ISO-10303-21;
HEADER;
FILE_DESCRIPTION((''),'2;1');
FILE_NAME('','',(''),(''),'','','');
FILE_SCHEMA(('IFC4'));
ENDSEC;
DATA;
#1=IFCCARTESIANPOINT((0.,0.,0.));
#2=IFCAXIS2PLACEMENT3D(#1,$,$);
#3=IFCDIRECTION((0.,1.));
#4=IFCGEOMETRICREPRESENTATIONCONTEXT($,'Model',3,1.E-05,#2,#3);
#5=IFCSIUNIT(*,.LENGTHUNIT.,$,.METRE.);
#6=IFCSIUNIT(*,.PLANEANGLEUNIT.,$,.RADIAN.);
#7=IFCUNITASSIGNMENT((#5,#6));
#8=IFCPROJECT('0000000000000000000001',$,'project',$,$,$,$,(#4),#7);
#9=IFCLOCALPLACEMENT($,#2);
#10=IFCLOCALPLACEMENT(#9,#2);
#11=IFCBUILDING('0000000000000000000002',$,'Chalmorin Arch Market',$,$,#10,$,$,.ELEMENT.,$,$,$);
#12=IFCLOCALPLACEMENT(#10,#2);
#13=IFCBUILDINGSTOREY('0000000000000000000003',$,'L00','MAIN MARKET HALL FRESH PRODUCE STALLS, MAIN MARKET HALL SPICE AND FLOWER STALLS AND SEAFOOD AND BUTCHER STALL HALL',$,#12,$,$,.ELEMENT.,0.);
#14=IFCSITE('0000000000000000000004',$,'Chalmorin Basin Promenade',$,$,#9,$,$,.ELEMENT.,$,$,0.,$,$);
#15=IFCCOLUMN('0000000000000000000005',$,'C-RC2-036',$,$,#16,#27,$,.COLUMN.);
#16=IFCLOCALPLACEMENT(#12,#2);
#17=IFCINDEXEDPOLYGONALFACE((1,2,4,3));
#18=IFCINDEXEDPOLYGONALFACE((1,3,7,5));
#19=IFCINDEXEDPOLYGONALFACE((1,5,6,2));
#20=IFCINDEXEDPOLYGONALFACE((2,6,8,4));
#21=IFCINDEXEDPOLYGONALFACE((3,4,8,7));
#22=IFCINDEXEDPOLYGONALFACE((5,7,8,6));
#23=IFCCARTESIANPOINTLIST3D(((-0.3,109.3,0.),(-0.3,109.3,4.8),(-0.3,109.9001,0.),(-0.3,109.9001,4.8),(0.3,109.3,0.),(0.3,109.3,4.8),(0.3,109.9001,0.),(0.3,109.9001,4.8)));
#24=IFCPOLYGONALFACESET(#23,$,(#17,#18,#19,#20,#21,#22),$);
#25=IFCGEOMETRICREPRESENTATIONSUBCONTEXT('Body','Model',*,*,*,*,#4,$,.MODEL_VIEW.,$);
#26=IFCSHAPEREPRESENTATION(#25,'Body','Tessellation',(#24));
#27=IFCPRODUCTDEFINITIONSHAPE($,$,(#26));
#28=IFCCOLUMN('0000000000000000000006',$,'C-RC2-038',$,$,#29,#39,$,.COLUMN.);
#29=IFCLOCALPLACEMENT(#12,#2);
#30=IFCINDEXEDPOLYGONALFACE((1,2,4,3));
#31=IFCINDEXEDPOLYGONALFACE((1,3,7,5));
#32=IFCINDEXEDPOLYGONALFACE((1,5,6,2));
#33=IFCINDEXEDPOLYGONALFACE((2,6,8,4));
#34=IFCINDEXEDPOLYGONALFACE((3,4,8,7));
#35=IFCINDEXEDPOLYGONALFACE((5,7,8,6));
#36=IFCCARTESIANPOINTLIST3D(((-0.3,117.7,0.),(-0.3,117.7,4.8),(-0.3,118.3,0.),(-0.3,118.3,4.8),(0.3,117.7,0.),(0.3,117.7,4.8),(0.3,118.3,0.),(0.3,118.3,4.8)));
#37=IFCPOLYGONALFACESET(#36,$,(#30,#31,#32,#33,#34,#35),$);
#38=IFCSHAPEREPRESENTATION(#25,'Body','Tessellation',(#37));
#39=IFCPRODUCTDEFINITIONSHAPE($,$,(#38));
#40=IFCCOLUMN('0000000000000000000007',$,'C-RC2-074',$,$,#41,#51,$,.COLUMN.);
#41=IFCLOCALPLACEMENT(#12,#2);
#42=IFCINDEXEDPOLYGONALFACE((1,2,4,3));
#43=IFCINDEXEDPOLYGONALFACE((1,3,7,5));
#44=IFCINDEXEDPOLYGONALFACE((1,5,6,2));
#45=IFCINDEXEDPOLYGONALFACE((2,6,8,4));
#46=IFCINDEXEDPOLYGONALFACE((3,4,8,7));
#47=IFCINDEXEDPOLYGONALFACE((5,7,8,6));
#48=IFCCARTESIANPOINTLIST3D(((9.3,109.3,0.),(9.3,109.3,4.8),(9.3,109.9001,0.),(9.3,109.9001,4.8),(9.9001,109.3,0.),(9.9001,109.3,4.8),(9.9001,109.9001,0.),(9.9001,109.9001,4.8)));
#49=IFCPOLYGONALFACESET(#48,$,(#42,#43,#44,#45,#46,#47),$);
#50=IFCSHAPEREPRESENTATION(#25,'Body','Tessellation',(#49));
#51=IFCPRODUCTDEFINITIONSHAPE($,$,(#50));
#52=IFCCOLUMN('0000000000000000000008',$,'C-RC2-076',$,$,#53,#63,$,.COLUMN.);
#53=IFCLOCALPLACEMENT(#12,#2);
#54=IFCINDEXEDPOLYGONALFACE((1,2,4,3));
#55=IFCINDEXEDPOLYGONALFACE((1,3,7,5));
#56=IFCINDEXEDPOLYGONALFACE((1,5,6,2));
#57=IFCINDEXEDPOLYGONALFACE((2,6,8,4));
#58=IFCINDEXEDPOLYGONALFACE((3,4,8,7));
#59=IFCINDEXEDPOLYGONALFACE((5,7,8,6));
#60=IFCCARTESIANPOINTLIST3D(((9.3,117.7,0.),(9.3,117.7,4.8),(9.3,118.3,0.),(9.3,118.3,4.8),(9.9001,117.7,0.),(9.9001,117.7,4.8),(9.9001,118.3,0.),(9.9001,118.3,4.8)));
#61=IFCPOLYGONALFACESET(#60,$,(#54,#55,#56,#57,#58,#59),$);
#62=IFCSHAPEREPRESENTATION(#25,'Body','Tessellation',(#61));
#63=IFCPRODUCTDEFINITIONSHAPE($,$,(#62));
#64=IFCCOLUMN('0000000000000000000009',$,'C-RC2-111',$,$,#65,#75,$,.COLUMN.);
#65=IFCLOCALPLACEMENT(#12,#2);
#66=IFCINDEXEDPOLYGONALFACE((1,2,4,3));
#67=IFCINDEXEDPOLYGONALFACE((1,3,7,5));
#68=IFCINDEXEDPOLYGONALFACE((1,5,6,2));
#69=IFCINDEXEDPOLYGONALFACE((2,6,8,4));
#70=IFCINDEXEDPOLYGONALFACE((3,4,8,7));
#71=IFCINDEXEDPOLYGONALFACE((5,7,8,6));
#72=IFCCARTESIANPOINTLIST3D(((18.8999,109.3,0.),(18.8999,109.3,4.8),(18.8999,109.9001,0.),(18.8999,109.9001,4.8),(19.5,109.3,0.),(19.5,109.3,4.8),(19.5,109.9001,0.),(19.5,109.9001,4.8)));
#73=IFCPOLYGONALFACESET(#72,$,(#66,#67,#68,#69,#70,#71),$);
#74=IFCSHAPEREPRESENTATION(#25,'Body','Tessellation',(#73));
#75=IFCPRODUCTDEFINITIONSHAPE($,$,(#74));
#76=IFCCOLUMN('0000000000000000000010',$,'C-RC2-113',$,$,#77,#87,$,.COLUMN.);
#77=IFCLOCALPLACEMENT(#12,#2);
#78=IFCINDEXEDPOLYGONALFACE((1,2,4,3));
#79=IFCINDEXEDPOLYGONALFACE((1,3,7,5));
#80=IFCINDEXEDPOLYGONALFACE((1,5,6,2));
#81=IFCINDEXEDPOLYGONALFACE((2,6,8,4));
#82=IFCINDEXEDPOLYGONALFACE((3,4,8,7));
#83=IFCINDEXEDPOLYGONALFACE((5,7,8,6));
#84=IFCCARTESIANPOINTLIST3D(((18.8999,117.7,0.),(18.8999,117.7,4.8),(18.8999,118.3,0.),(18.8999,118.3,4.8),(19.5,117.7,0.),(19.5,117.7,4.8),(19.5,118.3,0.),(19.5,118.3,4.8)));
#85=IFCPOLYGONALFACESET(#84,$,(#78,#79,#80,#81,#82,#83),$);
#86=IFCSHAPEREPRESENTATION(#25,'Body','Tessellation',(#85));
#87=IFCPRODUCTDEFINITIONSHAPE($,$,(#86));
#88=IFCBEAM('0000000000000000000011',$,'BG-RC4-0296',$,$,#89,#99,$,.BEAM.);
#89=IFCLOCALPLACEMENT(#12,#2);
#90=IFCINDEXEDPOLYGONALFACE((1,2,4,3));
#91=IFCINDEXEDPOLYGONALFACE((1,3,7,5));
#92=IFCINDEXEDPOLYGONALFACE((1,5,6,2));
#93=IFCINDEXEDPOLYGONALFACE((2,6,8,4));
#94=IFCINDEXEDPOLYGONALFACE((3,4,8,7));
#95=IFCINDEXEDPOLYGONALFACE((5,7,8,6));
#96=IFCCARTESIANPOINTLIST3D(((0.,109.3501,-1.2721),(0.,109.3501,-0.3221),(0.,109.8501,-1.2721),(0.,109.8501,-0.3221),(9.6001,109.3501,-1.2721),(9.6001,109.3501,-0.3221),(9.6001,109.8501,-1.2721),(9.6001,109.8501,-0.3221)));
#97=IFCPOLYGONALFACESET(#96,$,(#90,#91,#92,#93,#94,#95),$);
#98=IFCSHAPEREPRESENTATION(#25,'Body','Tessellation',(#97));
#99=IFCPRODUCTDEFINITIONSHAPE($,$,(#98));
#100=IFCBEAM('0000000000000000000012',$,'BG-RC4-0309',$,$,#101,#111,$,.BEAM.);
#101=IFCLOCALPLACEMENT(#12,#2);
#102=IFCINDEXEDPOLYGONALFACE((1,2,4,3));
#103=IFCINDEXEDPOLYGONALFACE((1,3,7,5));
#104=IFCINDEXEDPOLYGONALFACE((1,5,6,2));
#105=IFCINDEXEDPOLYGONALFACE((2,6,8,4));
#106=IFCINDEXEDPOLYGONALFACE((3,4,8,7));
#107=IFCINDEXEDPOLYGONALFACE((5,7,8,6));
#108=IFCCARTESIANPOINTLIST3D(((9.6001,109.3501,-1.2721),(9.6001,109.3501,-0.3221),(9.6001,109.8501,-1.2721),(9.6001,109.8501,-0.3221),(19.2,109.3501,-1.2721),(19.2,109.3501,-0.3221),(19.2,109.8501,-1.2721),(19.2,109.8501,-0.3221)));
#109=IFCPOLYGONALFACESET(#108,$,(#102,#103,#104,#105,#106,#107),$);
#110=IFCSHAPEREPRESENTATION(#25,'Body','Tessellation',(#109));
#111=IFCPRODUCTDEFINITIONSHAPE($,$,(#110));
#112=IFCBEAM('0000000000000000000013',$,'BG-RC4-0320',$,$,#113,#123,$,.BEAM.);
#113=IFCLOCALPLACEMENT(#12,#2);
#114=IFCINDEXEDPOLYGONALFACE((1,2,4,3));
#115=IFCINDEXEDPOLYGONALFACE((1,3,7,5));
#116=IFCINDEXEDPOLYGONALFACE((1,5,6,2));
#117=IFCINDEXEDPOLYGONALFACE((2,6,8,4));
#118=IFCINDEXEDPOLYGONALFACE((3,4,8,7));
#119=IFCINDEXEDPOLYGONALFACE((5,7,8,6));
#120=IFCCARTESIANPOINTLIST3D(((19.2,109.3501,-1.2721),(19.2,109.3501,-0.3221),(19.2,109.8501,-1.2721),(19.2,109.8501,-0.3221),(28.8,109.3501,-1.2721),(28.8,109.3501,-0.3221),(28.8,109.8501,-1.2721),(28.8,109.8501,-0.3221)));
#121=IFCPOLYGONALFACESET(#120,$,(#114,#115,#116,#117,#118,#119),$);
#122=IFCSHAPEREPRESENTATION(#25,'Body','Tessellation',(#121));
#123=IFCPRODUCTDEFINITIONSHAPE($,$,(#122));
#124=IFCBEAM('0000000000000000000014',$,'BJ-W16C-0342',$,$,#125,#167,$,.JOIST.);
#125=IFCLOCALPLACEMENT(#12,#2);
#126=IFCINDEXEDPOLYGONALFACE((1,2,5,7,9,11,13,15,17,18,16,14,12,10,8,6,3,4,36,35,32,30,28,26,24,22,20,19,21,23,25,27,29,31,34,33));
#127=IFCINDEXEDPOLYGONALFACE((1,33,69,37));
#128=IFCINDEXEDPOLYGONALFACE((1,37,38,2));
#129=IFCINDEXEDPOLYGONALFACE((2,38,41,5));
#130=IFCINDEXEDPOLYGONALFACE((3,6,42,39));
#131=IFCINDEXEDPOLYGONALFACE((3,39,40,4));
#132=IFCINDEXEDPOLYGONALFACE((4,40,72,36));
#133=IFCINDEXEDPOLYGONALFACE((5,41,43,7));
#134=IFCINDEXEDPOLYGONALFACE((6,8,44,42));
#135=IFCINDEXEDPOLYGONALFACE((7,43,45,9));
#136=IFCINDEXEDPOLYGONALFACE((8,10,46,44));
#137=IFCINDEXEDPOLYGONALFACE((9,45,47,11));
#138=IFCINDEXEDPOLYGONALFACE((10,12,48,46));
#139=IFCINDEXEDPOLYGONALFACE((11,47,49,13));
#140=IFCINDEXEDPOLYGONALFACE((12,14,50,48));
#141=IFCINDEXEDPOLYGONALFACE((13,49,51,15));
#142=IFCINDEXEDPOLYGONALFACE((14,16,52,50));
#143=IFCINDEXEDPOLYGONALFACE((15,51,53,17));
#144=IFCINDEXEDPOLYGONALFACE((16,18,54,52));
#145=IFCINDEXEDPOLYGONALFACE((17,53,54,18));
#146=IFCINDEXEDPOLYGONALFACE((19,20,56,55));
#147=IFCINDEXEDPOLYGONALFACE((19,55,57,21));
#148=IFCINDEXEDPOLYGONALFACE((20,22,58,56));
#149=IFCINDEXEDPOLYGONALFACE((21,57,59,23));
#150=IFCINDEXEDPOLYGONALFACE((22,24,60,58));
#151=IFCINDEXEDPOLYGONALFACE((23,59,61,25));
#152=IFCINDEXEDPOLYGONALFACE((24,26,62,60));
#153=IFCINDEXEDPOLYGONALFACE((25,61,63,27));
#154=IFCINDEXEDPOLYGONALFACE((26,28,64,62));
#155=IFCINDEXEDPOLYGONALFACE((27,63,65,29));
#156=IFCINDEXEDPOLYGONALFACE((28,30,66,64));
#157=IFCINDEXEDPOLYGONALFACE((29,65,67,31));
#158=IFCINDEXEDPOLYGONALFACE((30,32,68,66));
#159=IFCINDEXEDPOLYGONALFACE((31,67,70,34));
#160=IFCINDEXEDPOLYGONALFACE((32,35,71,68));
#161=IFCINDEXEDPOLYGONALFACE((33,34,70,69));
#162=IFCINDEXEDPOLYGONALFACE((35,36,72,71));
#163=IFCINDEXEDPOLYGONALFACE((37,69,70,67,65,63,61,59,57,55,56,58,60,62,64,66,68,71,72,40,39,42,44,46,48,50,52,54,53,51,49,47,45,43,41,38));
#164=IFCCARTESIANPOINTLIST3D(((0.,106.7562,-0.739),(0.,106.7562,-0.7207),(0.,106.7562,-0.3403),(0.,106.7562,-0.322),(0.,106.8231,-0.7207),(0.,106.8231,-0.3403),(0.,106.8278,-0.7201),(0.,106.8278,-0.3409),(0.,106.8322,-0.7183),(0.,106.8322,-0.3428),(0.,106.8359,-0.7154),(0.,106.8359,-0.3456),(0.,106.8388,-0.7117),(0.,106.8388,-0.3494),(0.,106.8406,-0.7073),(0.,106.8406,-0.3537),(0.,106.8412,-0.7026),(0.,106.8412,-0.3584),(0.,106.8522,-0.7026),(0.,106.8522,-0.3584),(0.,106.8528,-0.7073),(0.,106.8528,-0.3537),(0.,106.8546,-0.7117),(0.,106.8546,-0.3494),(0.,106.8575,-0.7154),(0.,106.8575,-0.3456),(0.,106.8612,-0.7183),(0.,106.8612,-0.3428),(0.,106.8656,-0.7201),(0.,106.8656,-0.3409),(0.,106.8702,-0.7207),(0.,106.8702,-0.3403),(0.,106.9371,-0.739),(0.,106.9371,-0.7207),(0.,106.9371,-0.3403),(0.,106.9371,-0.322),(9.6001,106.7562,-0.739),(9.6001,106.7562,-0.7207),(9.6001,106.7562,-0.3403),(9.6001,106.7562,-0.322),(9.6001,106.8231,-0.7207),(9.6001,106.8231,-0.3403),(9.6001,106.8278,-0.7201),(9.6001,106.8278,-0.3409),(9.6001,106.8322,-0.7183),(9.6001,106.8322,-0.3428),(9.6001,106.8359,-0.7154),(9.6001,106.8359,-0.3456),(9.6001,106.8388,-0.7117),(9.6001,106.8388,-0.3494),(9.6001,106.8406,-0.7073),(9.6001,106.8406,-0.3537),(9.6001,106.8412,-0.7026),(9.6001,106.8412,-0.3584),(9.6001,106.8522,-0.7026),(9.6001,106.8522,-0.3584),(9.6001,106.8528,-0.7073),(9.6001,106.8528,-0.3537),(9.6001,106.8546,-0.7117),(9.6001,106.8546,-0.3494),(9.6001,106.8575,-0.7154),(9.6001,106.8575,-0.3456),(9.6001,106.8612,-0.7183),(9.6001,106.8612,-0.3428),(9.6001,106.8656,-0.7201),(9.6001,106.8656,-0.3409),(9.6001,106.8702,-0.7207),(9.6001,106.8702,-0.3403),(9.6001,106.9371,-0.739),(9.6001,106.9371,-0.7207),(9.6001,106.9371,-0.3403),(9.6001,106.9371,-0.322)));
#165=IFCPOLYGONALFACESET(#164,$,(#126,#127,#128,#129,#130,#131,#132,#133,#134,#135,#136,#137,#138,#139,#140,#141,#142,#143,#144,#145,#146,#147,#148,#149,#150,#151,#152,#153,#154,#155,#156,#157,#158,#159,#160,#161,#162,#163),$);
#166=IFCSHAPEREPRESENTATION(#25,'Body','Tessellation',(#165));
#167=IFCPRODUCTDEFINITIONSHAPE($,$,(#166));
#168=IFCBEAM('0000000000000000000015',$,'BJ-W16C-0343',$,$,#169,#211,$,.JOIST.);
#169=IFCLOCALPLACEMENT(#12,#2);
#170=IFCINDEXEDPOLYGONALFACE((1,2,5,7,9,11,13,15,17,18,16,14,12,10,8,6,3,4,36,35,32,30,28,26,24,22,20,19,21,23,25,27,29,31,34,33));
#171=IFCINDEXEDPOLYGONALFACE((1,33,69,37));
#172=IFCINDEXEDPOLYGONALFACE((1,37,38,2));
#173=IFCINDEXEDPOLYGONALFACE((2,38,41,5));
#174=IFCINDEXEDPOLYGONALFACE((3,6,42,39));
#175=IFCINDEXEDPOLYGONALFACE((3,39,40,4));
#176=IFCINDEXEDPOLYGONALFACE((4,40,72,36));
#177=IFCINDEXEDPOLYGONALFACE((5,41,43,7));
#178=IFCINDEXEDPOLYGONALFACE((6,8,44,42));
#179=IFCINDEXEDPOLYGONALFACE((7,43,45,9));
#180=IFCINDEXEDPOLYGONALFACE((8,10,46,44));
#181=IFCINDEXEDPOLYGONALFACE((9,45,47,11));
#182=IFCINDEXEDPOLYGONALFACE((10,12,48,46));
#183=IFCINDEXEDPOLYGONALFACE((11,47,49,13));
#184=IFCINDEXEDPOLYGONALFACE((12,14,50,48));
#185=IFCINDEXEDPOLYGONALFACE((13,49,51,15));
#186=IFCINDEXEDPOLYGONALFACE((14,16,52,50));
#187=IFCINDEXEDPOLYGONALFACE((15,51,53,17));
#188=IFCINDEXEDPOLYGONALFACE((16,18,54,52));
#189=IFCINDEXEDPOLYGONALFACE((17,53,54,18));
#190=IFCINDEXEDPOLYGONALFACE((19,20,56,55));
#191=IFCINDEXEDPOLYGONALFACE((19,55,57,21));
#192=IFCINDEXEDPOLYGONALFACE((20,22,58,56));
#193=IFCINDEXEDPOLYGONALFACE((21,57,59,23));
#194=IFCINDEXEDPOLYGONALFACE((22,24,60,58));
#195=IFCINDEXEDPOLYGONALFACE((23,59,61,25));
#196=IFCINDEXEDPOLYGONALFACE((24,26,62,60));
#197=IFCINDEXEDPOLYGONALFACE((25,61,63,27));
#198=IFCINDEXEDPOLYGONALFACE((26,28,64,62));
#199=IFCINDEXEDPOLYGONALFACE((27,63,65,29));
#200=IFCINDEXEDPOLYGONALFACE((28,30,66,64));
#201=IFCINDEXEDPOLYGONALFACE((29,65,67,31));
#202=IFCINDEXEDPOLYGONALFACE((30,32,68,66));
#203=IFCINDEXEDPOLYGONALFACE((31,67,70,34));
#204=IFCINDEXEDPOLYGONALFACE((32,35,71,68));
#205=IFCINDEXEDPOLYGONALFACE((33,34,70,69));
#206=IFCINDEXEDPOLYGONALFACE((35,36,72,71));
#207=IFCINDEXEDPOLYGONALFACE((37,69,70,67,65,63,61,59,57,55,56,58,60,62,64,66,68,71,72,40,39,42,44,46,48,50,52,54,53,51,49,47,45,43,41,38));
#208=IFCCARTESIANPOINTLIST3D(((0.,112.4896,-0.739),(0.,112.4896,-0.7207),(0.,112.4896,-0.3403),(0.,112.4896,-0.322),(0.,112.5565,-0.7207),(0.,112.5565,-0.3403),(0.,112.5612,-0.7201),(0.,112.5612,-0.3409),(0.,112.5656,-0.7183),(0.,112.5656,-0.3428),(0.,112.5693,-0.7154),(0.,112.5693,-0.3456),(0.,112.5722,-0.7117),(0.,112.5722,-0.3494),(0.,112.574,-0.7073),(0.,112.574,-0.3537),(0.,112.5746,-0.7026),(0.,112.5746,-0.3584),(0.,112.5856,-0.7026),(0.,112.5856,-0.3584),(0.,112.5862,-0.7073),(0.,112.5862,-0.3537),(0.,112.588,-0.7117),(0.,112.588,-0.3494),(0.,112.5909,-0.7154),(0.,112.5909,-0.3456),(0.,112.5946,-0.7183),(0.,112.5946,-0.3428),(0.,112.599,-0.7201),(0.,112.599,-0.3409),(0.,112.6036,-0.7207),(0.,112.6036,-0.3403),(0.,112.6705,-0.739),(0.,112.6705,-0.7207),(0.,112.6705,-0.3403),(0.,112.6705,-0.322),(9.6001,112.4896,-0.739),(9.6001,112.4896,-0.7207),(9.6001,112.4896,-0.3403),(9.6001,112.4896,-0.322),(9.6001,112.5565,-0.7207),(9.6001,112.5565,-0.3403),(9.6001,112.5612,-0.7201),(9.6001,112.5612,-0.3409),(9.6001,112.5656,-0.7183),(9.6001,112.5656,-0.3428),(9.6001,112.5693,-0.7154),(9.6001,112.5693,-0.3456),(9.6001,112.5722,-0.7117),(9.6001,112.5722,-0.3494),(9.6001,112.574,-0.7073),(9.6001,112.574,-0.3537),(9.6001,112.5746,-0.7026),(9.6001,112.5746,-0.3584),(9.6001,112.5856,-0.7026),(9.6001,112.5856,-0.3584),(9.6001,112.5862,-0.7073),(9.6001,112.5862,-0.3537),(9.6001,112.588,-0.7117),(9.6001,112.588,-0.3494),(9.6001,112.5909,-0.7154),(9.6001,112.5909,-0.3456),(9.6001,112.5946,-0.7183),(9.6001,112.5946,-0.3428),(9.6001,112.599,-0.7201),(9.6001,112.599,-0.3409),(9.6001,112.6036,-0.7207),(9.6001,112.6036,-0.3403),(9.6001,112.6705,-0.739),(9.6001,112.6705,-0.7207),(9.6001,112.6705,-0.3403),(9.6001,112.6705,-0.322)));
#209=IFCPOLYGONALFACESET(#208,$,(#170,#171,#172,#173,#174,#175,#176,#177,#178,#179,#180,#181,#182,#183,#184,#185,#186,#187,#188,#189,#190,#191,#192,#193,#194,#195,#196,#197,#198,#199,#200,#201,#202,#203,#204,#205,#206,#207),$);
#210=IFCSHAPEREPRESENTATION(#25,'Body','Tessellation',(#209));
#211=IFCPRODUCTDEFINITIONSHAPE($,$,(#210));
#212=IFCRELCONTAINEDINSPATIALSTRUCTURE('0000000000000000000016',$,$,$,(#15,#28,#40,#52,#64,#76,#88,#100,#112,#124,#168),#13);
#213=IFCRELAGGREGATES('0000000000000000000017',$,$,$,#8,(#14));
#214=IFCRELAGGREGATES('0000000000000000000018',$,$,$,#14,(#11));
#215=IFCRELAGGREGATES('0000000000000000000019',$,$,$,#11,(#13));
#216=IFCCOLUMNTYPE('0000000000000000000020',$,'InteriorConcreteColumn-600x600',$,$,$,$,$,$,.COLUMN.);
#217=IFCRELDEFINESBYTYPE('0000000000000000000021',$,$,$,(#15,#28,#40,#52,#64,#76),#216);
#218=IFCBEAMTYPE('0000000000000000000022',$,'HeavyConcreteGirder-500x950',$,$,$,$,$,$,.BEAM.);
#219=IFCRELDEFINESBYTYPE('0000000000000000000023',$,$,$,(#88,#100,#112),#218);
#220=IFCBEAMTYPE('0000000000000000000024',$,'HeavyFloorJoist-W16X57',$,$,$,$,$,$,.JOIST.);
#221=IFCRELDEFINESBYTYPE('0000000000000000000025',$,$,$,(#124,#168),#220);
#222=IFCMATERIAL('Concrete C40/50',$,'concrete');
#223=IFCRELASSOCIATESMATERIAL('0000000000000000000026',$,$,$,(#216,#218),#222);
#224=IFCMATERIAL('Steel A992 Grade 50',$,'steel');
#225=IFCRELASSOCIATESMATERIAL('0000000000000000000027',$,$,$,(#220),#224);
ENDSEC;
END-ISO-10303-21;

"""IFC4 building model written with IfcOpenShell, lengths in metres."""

from ifc_helpers import new_model, si_unit, direction, frame, origin, origin_2d, place, context, subcontext, project, spatial, rectangle, i_section, extrude, material, material_profile, profile_set, type_object, element, save


model = new_model("IFC4")

# Units and contexts
model_context = context("Model", 3, precision=1e-05, world=origin(), true_north=direction((0.0, 1.0)))
body_context = subcontext(model_context, "Body", "Model", "MODEL_VIEW")
ifc_project = project(units=[si_unit("LENGTHUNIT", "METRE"), si_unit("PLANEANGLEUNIT", "RADIAN")], contexts=[model_context])

# Site, building, storey
site_placement = place(None, origin())
site = spatial("IfcSite", under=ifc_project, at=site_placement, Name="Chalmorin Basin Promenade", CompositionType="ELEMENT", RefElevation=0.0)
building_placement = place(site_placement, origin())
building = spatial("IfcBuilding", under=site, at=building_placement, Name="Chalmorin Arch Market", CompositionType="ELEMENT")
storey_placement = place(building_placement, origin())
storey = spatial("IfcBuildingStorey", under=building, at=storey_placement, Name="L00", Description="MAIN MARKET HALL FRESH PRODUCE STALLS, MAIN MARKET HALL SPICE AND FLOWER STALLS AND SEAFOOD AND BUTCHER STALL HALL", CompositionType="ELEMENT", Elevation=0.0)

# Columns
ifc_material_1 = material(Name="Concrete C40/50", Category="concrete")
ifc_material_profile_1 = material_profile(ifc_material_1, rectangle(XDim=0.6001, YDim=0.6001, at=origin_2d()), Name="RC600X600")
ifc_profile_set_1 = profile_set([ifc_material_profile_1], Name="Concrete C40/50")
column_type = type_object("IfcColumnType", Name="InteriorConcreteColumn-600x600", PredefinedType="COLUMN", material=ifc_profile_set_1)
for number, where, z_axis, x_axis, name in (
    (1, (0.0, 109.6001, 0.0), (0.0, 0.0, 1.0), (1.0, 0.0, 0.0), "C-RC2-036"),
    (2, (0.0, 118.0, 0.0), (0.0, 0.0, 1.0), (1.0, 0.0, 0.0), "C-RC2-038"),
    (3, (9.6001, 109.6001, 0.0), (0.0, 0.0, 1.0), (1.0, 0.0, 0.0), "C-RC2-074"),
    (4, (9.6001, 118.0, 0.0), (0.0, 0.0, 1.0), (1.0, 0.0, 0.0), "C-RC2-076"),
    (5, (19.2, 109.6001, 0.0), (0.0, 0.0, 1.0), (1.0, 0.0, 0.0), "C-RC2-111"),
    (6, (19.2, 118.0, 0.0), (0.0, 0.0, 1.0), (1.0, 0.0, 0.0), "C-RC2-113"),
):
    element("IfcColumn", number, at=place(storey_placement, frame(where, z_axis=z_axis, x_axis=x_axis)), inside=storey, type_object=column_type, Name=name, PredefinedType="COLUMN", context=body_context, shape_type="SweptSolid", body=[
        extrude(rectangle(XDim=0.6001, YDim=0.6001, at=origin_2d()), origin(), (0.0, 0.0, 1.0), 4.8),
    ])

# Beams
ifc_material_profile_2 = material_profile(ifc_material_1, rectangle(XDim=0.5, YDim=0.95, at=origin_2d()), Name="RC500X950")
ifc_profile_set_2 = profile_set([ifc_material_profile_2], Name="Concrete C40/50")
beam_type_1 = type_object("IfcBeamType", Name="HeavyConcreteGirder-500x950", PredefinedType="BEAM", material=ifc_profile_set_2)
beam_1_placement = place(storey_placement, frame((0.0, 109.6001, -0.7971), z_axis=(1.0, 0.0, 0.0), x_axis=(0.0, 1.0, 0.0)))
element("IfcBeam", 7, at=beam_1_placement, inside=storey, type_object=beam_type_1, Name="BG-RC4-0296", PredefinedType="BEAM", context=body_context, shape_type="SweptSolid", body=[
    extrude(rectangle(XDim=0.5, YDim=0.95, at=origin_2d()), origin(), (0.0, 0.0, 1.0), 9.6001),
])
beam_2_placement = place(storey_placement, frame((9.6001, 109.6001, -0.7971), z_axis=(1.0, 0.0, 0.0), x_axis=(0.0, 1.0, 0.0)))
element("IfcBeam", 8, at=beam_2_placement, inside=storey, type_object=beam_type_1, Name="BG-RC4-0309", PredefinedType="BEAM", context=body_context, shape_type="SweptSolid", body=[
    extrude(rectangle(XDim=0.5, YDim=0.95, at=origin_2d()), origin(), (0.0, 0.0, 1.0), 9.5999),
])
beam_3_placement = place(storey_placement, frame((19.2, 109.6001, -0.7971), z_axis=(1.0, 0.0, 0.0), x_axis=(0.0, 1.0, 0.0)))
element("IfcBeam", 9, at=beam_3_placement, inside=storey, type_object=beam_type_1, Name="BG-RC4-0320", PredefinedType="BEAM", context=body_context, shape_type="SweptSolid", body=[
    extrude(rectangle(XDim=0.5, YDim=0.95, at=origin_2d()), origin(), (0.0, 0.0, 1.0), 9.6001),
])
ifc_material_2 = material(Name="Steel A992 Grade 50", Category="steel")
ifc_material_profile_3 = material_profile(ifc_material_2, i_section(OverallWidth=0.1809, OverallDepth=0.417, WebThickness=0.011, FlangeThickness=0.0183, FilletRadius=0.0181, at=origin_2d()), Name="W16X57")
ifc_profile_set_3 = profile_set([ifc_material_profile_3], Name="Steel A992 Grade 50")
beam_type_2 = type_object("IfcBeamType", Name="HeavyFloorJoist-W16X57", PredefinedType="JOIST", material=ifc_profile_set_3)
for number, where, z_axis, x_axis, name in (
    (10, (0.0, 106.8467, -0.5305), (1.0, 0.0, 0.0), (0.0, 1.0, 0.0), "BJ-W16C-0342"),
    (11, (0.0, 112.5801, -0.5305), (1.0, 0.0, 0.0), (0.0, 1.0, 0.0), "BJ-W16C-0343"),
):
    element("IfcBeam", number, at=place(storey_placement, frame(where, z_axis=z_axis, x_axis=x_axis)), inside=storey, type_object=beam_type_2, Name=name, PredefinedType="JOIST", context=body_context, shape_type="SweptSolid", body=[
        extrude(i_section(OverallWidth=0.1809, OverallDepth=0.417, WebThickness=0.011, FlangeThickness=0.0183, FilletRadius=0.0181, at=origin_2d()), origin(), (0.0, 0.0, 1.0), 9.6001),
    ])

save(model, "model.ifc")
